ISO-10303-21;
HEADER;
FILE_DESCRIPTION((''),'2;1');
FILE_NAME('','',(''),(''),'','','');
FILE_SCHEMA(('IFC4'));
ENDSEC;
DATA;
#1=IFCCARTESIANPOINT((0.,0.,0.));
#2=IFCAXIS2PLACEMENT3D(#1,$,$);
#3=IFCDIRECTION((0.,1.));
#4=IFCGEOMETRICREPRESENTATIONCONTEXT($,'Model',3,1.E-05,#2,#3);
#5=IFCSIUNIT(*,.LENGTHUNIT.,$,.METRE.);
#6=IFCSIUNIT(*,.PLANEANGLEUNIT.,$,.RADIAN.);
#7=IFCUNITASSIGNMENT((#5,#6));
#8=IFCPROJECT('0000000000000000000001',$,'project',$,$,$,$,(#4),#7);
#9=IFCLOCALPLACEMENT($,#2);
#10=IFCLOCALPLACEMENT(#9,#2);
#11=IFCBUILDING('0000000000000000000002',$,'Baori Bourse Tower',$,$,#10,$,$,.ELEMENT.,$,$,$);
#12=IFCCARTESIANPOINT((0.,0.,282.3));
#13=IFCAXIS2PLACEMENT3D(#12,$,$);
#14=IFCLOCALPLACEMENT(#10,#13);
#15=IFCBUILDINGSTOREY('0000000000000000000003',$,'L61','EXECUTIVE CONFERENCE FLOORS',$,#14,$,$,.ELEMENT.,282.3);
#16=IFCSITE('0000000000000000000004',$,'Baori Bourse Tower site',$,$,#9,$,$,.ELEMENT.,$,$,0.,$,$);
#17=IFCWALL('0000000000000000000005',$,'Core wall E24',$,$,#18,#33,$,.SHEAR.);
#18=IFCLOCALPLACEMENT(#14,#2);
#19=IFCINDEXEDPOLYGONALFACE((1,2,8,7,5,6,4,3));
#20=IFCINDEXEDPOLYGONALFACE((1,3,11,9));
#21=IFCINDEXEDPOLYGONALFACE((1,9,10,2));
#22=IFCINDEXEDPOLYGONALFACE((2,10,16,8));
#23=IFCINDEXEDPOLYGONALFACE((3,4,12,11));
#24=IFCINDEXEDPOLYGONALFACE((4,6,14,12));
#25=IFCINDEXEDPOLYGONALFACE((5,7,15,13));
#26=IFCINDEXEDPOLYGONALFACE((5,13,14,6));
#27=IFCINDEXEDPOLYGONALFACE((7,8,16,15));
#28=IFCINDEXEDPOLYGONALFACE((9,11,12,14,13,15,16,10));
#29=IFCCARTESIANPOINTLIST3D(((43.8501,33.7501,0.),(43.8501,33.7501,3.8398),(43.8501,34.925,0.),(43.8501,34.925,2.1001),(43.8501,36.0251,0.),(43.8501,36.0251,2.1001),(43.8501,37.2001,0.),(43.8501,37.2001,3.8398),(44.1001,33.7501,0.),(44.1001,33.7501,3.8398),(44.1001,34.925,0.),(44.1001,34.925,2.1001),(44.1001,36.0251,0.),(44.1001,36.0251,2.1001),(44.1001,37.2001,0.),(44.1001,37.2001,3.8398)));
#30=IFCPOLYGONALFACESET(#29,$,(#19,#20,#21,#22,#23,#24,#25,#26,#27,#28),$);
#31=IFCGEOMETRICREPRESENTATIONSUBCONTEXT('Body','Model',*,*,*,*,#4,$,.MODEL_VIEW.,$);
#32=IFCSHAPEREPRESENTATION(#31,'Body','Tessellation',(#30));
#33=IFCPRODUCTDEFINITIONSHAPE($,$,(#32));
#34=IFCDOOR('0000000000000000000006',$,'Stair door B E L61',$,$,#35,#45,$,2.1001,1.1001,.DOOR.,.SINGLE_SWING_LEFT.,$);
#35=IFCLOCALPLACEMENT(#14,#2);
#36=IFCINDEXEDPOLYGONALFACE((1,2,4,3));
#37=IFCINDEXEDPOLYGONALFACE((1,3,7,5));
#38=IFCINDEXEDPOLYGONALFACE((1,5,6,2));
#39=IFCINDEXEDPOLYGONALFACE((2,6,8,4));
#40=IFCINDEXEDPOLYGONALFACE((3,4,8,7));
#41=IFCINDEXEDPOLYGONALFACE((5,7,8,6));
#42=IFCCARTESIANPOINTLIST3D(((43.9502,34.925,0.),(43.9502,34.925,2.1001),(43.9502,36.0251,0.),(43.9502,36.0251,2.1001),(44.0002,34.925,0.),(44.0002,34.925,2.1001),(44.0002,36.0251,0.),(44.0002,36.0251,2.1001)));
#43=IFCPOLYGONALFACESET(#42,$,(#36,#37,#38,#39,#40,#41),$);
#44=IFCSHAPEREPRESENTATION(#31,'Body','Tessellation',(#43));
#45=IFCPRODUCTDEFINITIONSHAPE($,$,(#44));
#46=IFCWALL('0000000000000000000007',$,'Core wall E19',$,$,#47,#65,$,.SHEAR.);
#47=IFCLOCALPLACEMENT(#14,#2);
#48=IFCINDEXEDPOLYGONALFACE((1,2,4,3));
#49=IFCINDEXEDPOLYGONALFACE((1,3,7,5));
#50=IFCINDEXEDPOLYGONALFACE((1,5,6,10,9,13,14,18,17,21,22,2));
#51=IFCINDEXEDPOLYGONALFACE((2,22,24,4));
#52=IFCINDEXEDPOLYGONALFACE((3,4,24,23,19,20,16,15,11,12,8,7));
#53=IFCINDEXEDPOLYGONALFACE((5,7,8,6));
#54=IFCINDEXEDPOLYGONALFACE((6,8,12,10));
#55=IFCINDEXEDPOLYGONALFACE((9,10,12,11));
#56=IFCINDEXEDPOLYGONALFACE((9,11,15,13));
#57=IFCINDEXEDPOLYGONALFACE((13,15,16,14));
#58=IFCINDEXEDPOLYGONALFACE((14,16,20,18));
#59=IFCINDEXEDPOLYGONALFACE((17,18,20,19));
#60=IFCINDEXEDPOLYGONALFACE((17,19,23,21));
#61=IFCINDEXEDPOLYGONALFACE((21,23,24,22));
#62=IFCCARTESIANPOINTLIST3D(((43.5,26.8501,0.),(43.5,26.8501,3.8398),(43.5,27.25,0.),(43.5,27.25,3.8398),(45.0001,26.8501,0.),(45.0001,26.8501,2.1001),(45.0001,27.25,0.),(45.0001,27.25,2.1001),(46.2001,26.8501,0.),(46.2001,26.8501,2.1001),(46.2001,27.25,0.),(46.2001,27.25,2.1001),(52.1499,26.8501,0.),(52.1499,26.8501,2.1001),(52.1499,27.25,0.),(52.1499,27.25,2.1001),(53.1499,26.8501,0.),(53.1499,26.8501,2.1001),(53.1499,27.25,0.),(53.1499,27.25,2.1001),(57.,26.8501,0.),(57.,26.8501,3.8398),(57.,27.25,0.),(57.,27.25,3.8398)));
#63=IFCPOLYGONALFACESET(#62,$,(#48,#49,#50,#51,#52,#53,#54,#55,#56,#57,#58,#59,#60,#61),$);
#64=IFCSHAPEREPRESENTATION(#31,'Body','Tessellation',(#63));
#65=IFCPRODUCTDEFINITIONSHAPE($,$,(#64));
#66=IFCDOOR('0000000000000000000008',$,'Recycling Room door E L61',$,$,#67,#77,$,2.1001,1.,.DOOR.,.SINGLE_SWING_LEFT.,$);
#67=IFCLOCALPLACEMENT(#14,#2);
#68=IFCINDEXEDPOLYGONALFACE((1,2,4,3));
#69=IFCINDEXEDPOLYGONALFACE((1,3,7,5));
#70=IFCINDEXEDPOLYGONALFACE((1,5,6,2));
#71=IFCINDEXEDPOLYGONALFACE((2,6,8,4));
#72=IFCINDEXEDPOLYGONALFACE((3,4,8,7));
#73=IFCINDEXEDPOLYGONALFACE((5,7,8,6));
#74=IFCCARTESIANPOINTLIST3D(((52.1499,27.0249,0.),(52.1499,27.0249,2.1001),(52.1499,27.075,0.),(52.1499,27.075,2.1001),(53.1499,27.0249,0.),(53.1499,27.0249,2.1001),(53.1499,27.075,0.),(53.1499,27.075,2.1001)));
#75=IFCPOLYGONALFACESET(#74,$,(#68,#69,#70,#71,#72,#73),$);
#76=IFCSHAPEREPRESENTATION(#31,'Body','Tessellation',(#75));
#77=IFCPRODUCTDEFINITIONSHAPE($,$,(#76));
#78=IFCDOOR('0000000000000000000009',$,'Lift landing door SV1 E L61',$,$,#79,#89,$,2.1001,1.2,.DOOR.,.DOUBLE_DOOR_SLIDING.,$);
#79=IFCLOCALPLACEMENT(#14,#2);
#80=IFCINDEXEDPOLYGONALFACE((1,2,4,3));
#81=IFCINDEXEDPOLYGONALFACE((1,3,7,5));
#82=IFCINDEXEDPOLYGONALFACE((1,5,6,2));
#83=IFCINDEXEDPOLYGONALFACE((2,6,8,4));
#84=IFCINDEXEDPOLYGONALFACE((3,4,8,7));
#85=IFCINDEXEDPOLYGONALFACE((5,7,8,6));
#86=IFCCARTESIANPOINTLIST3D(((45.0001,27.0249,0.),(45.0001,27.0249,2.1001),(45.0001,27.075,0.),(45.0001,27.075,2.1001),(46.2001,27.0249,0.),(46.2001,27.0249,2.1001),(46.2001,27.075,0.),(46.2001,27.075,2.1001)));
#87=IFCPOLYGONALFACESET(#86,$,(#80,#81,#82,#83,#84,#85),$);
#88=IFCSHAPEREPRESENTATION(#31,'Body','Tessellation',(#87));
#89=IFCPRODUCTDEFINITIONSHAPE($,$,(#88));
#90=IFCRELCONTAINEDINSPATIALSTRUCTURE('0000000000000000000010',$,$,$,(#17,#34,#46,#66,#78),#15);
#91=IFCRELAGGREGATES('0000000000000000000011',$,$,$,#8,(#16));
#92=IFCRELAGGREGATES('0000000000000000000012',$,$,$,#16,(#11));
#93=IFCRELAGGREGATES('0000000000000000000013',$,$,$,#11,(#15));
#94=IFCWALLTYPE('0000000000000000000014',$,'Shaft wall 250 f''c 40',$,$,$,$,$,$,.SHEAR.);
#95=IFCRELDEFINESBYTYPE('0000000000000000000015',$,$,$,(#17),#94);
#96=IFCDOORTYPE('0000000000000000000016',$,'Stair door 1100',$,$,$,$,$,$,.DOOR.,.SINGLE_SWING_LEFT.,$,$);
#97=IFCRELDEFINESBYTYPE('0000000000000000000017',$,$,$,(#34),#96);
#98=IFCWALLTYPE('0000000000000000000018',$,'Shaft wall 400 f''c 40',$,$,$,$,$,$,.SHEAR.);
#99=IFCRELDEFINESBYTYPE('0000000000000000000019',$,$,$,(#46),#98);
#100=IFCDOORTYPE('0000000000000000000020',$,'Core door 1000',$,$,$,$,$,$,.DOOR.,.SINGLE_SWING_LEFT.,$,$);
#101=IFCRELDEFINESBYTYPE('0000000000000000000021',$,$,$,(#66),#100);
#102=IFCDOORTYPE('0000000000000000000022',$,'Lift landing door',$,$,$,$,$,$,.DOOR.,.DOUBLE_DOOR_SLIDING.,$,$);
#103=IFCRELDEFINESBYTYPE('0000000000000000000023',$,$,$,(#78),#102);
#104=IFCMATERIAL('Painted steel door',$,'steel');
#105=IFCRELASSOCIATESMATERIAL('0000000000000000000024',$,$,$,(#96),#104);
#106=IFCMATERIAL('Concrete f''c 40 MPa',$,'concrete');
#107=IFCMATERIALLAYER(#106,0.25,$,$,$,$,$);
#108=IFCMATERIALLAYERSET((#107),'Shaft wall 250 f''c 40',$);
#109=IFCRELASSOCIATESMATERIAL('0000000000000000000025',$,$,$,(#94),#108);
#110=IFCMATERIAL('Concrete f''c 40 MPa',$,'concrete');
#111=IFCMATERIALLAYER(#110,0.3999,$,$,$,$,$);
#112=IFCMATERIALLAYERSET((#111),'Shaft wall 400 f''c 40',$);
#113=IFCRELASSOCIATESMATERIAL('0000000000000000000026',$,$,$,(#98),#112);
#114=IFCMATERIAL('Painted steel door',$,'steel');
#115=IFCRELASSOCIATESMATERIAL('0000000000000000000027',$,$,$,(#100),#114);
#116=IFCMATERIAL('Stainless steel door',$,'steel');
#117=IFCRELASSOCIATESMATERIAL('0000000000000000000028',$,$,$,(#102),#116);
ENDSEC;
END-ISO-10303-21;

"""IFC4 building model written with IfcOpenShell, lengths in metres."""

from ifc_helpers import new_model, si_unit, direction, frame, frame_2d, origin, place, context, subcontext, project, spatial, rectangle, extrude, material, layer, layer_set, type_object, element, fill, save


model = new_model("IFC4")

# Units and contexts
model_context = context("Model", 3, precision=1e-05, world=origin(), true_north=direction((0.0, 1.0)))
body_context = subcontext(model_context, "Body", "Model", "MODEL_VIEW")
ifc_project = project(units=[si_unit("LENGTHUNIT", "METRE"), si_unit("PLANEANGLEUNIT", "RADIAN")], contexts=[model_context])

# Site, building, storey
site_placement = place(None, origin())
site = spatial("IfcSite", under=ifc_project, at=site_placement, Name="Baori Bourse Tower site", CompositionType="ELEMENT", RefElevation=0.0)
building_placement = place(site_placement, origin())
building = spatial("IfcBuilding", under=site, at=building_placement, Name="Baori Bourse Tower", CompositionType="ELEMENT")
storey_placement = place(building_placement, frame((0.0, 0.0, 282.3)))
storey = spatial("IfcBuildingStorey", under=building, at=storey_placement, Name="L61", Description="EXECUTIVE CONFERENCE FLOORS", CompositionType="ELEMENT", Elevation=282.3)

# Wall, opening, door
ifc_material_1 = material(Name="Painted steel door", Category="steel")
door_type_1 = type_object("IfcDoorType", Name="Stair door 1100", OperationType="SINGLE_SWING_LEFT", PredefinedType="DOOR", material=ifc_material_1)
ifc_material_2 = material(Name="Concrete f'c 40 MPa", Category="concrete")
ifc_layer_1 = layer(ifc_material_2, 0.25)
ifc_layer_set_1 = layer_set([ifc_layer_1], Name="Shaft wall 250 f'c 40")
wall_type_1 = type_object("IfcWallType", Name="Shaft wall 250 f'c 40", PredefinedType="SHEAR", material=ifc_layer_set_1)
wall_1_placement = place(storey_placement, frame((43.9751, 33.75, 0.0), z_axis=(0.0, 0.0, 1.0), x_axis=(0.0, 1.0, 0.0)))
wall_1 = element("IfcWall", 1, at=wall_1_placement, inside=storey, type_object=wall_type_1, Name="Core wall E24", PredefinedType="SHEAR", context=body_context, shape_type="SweptSolid", body=[
    extrude(rectangle(XDim=3.45, YDim=0.25, at=frame_2d((1.7251, 0.0))), origin(), (0.0, 0.0, 1.0), 3.8398),
])
opening_1_placement = place(wall_1_placement, frame((1.175, 0.0, 0.0)))
opening_1 = element("IfcOpeningElement", 2, at=opening_1_placement, cuts=wall_1, PredefinedType="OPENING", context=body_context, shape_type="SweptSolid", body=[
    extrude(rectangle(XDim=1.1001, YDim=2.1001, at=frame_2d((0.55, 1.05))), frame((0.0, 0.135, 0.0), z_axis=(0.0, -1.0, 0.0), x_axis=(1.0, 0.0, 0.0)), (0.0, 0.0, 1.0), 0.27),
])
door_1_placement = place(opening_1_placement, origin())
door_1 = element("IfcDoor", 3, at=door_1_placement, inside=storey, type_object=door_type_1, Name="Stair door B E L61", OperationType="SINGLE_SWING_LEFT", OverallHeight=2.1001, OverallWidth=1.1001, PredefinedType="DOOR", context=body_context, shape_type="SweptSolid", body=[
    extrude(rectangle(XDim=1.1001, YDim=2.1001, at=frame_2d((0.55, 1.05))), frame((0.0, 0.0249, 0.0), z_axis=(0.0, -1.0, 0.0), x_axis=(1.0, 0.0, 0.0)), (0.0, 0.0, 1.0), 0.05),
])
fill(opening_1, door_1)

# Wall, openings, doors
ifc_material_3 = material(Name="Concrete f'c 40 MPa", Category="concrete")
ifc_layer_2 = layer(ifc_material_3, 0.3999)
ifc_layer_set_2 = layer_set([ifc_layer_2], Name="Shaft wall 400 f'c 40")
wall_type_2 = type_object("IfcWallType", Name="Shaft wall 400 f'c 40", PredefinedType="SHEAR", material=ifc_layer_set_2)
wall_2_placement = place(storey_placement, frame((43.5, 27.05, 0.0), z_axis=(0.0, 0.0, 1.0), x_axis=(1.0, 0.0, 0.0)))
wall_2 = element("IfcWall", 4, at=wall_2_placement, inside=storey, type_object=wall_type_2, Name="Core wall E19", PredefinedType="SHEAR", context=body_context, shape_type="SweptSolid", body=[
    extrude(rectangle(XDim=13.5, YDim=0.3999, at=frame_2d((6.75, 0.0))), origin(), (0.0, 0.0, 1.0), 3.8398),
])
opening_2_placement = place(wall_2_placement, frame((8.6499, 0.0, 0.0)))
opening_2 = element("IfcOpeningElement", 5, at=opening_2_placement, cuts=wall_2, PredefinedType="OPENING", context=body_context, shape_type="SweptSolid", body=[
    extrude(rectangle(XDim=1.0, YDim=2.1001, at=frame_2d((0.5, 1.05))), frame((0.0, 0.21, 0.0), z_axis=(0.0, -1.0, 0.0), x_axis=(1.0, 0.0, 0.0)), (0.0, 0.0, 1.0), 0.4199),
])
opening_3_placement = place(wall_2_placement, frame((1.5, 0.0, 0.0)))
opening_3 = element("IfcOpeningElement", 6, at=opening_3_placement, cuts=wall_2, PredefinedType="OPENING", context=body_context, shape_type="SweptSolid", body=[
    extrude(rectangle(XDim=1.2, YDim=2.1001, at=frame_2d((0.6001, 1.05))), frame((0.0, 0.21, 0.0), z_axis=(0.0, -1.0, 0.0), x_axis=(1.0, 0.0, 0.0)), (0.0, 0.0, 1.0), 0.4199),
])
ifc_material_4 = material(Name="Painted steel door", Category="steel")
door_type_2 = type_object("IfcDoorType", Name="Core door 1000", OperationType="SINGLE_SWING_LEFT", PredefinedType="DOOR", material=ifc_material_4)
door_2_placement = place(opening_2_placement, origin())
door_2 = element("IfcDoor", 7, at=door_2_placement, inside=storey, type_object=door_type_2, Name="Recycling Room door E L61", OperationType="SINGLE_SWING_LEFT", OverallHeight=2.1001, OverallWidth=1.0, PredefinedType="DOOR", context=body_context, shape_type="SweptSolid", body=[
    extrude(rectangle(XDim=1.0, YDim=2.1001, at=frame_2d((0.5, 1.05))), frame((0.0, 0.0249, 0.0), z_axis=(0.0, -1.0, 0.0), x_axis=(1.0, 0.0, 0.0)), (0.0, 0.0, 1.0), 0.05),
])
fill(opening_2, door_2)
ifc_material_5 = material(Name="Stainless steel door", Category="steel")
door_type_3 = type_object("IfcDoorType", Name="Lift landing door", OperationType="DOUBLE_DOOR_SLIDING", PredefinedType="DOOR", material=ifc_material_5)
door_3_placement = place(opening_3_placement, origin())
door_3 = element("IfcDoor", 8, at=door_3_placement, inside=storey, type_object=door_type_3, Name="Lift landing door SV1 E L61", OperationType="DOUBLE_DOOR_SLIDING", OverallHeight=2.1001, OverallWidth=1.2, PredefinedType="DOOR", context=body_context, shape_type="SweptSolid", body=[
    extrude(rectangle(XDim=1.2, YDim=2.1001, at=frame_2d((0.6001, 1.05))), frame((0.0, 0.0249, 0.0), z_axis=(0.0, -1.0, 0.0), x_axis=(1.0, 0.0, 0.0)), (0.0, 0.0, 1.0), 0.05),
])
fill(opening_3, door_3)

save(model, "model.ifc")
